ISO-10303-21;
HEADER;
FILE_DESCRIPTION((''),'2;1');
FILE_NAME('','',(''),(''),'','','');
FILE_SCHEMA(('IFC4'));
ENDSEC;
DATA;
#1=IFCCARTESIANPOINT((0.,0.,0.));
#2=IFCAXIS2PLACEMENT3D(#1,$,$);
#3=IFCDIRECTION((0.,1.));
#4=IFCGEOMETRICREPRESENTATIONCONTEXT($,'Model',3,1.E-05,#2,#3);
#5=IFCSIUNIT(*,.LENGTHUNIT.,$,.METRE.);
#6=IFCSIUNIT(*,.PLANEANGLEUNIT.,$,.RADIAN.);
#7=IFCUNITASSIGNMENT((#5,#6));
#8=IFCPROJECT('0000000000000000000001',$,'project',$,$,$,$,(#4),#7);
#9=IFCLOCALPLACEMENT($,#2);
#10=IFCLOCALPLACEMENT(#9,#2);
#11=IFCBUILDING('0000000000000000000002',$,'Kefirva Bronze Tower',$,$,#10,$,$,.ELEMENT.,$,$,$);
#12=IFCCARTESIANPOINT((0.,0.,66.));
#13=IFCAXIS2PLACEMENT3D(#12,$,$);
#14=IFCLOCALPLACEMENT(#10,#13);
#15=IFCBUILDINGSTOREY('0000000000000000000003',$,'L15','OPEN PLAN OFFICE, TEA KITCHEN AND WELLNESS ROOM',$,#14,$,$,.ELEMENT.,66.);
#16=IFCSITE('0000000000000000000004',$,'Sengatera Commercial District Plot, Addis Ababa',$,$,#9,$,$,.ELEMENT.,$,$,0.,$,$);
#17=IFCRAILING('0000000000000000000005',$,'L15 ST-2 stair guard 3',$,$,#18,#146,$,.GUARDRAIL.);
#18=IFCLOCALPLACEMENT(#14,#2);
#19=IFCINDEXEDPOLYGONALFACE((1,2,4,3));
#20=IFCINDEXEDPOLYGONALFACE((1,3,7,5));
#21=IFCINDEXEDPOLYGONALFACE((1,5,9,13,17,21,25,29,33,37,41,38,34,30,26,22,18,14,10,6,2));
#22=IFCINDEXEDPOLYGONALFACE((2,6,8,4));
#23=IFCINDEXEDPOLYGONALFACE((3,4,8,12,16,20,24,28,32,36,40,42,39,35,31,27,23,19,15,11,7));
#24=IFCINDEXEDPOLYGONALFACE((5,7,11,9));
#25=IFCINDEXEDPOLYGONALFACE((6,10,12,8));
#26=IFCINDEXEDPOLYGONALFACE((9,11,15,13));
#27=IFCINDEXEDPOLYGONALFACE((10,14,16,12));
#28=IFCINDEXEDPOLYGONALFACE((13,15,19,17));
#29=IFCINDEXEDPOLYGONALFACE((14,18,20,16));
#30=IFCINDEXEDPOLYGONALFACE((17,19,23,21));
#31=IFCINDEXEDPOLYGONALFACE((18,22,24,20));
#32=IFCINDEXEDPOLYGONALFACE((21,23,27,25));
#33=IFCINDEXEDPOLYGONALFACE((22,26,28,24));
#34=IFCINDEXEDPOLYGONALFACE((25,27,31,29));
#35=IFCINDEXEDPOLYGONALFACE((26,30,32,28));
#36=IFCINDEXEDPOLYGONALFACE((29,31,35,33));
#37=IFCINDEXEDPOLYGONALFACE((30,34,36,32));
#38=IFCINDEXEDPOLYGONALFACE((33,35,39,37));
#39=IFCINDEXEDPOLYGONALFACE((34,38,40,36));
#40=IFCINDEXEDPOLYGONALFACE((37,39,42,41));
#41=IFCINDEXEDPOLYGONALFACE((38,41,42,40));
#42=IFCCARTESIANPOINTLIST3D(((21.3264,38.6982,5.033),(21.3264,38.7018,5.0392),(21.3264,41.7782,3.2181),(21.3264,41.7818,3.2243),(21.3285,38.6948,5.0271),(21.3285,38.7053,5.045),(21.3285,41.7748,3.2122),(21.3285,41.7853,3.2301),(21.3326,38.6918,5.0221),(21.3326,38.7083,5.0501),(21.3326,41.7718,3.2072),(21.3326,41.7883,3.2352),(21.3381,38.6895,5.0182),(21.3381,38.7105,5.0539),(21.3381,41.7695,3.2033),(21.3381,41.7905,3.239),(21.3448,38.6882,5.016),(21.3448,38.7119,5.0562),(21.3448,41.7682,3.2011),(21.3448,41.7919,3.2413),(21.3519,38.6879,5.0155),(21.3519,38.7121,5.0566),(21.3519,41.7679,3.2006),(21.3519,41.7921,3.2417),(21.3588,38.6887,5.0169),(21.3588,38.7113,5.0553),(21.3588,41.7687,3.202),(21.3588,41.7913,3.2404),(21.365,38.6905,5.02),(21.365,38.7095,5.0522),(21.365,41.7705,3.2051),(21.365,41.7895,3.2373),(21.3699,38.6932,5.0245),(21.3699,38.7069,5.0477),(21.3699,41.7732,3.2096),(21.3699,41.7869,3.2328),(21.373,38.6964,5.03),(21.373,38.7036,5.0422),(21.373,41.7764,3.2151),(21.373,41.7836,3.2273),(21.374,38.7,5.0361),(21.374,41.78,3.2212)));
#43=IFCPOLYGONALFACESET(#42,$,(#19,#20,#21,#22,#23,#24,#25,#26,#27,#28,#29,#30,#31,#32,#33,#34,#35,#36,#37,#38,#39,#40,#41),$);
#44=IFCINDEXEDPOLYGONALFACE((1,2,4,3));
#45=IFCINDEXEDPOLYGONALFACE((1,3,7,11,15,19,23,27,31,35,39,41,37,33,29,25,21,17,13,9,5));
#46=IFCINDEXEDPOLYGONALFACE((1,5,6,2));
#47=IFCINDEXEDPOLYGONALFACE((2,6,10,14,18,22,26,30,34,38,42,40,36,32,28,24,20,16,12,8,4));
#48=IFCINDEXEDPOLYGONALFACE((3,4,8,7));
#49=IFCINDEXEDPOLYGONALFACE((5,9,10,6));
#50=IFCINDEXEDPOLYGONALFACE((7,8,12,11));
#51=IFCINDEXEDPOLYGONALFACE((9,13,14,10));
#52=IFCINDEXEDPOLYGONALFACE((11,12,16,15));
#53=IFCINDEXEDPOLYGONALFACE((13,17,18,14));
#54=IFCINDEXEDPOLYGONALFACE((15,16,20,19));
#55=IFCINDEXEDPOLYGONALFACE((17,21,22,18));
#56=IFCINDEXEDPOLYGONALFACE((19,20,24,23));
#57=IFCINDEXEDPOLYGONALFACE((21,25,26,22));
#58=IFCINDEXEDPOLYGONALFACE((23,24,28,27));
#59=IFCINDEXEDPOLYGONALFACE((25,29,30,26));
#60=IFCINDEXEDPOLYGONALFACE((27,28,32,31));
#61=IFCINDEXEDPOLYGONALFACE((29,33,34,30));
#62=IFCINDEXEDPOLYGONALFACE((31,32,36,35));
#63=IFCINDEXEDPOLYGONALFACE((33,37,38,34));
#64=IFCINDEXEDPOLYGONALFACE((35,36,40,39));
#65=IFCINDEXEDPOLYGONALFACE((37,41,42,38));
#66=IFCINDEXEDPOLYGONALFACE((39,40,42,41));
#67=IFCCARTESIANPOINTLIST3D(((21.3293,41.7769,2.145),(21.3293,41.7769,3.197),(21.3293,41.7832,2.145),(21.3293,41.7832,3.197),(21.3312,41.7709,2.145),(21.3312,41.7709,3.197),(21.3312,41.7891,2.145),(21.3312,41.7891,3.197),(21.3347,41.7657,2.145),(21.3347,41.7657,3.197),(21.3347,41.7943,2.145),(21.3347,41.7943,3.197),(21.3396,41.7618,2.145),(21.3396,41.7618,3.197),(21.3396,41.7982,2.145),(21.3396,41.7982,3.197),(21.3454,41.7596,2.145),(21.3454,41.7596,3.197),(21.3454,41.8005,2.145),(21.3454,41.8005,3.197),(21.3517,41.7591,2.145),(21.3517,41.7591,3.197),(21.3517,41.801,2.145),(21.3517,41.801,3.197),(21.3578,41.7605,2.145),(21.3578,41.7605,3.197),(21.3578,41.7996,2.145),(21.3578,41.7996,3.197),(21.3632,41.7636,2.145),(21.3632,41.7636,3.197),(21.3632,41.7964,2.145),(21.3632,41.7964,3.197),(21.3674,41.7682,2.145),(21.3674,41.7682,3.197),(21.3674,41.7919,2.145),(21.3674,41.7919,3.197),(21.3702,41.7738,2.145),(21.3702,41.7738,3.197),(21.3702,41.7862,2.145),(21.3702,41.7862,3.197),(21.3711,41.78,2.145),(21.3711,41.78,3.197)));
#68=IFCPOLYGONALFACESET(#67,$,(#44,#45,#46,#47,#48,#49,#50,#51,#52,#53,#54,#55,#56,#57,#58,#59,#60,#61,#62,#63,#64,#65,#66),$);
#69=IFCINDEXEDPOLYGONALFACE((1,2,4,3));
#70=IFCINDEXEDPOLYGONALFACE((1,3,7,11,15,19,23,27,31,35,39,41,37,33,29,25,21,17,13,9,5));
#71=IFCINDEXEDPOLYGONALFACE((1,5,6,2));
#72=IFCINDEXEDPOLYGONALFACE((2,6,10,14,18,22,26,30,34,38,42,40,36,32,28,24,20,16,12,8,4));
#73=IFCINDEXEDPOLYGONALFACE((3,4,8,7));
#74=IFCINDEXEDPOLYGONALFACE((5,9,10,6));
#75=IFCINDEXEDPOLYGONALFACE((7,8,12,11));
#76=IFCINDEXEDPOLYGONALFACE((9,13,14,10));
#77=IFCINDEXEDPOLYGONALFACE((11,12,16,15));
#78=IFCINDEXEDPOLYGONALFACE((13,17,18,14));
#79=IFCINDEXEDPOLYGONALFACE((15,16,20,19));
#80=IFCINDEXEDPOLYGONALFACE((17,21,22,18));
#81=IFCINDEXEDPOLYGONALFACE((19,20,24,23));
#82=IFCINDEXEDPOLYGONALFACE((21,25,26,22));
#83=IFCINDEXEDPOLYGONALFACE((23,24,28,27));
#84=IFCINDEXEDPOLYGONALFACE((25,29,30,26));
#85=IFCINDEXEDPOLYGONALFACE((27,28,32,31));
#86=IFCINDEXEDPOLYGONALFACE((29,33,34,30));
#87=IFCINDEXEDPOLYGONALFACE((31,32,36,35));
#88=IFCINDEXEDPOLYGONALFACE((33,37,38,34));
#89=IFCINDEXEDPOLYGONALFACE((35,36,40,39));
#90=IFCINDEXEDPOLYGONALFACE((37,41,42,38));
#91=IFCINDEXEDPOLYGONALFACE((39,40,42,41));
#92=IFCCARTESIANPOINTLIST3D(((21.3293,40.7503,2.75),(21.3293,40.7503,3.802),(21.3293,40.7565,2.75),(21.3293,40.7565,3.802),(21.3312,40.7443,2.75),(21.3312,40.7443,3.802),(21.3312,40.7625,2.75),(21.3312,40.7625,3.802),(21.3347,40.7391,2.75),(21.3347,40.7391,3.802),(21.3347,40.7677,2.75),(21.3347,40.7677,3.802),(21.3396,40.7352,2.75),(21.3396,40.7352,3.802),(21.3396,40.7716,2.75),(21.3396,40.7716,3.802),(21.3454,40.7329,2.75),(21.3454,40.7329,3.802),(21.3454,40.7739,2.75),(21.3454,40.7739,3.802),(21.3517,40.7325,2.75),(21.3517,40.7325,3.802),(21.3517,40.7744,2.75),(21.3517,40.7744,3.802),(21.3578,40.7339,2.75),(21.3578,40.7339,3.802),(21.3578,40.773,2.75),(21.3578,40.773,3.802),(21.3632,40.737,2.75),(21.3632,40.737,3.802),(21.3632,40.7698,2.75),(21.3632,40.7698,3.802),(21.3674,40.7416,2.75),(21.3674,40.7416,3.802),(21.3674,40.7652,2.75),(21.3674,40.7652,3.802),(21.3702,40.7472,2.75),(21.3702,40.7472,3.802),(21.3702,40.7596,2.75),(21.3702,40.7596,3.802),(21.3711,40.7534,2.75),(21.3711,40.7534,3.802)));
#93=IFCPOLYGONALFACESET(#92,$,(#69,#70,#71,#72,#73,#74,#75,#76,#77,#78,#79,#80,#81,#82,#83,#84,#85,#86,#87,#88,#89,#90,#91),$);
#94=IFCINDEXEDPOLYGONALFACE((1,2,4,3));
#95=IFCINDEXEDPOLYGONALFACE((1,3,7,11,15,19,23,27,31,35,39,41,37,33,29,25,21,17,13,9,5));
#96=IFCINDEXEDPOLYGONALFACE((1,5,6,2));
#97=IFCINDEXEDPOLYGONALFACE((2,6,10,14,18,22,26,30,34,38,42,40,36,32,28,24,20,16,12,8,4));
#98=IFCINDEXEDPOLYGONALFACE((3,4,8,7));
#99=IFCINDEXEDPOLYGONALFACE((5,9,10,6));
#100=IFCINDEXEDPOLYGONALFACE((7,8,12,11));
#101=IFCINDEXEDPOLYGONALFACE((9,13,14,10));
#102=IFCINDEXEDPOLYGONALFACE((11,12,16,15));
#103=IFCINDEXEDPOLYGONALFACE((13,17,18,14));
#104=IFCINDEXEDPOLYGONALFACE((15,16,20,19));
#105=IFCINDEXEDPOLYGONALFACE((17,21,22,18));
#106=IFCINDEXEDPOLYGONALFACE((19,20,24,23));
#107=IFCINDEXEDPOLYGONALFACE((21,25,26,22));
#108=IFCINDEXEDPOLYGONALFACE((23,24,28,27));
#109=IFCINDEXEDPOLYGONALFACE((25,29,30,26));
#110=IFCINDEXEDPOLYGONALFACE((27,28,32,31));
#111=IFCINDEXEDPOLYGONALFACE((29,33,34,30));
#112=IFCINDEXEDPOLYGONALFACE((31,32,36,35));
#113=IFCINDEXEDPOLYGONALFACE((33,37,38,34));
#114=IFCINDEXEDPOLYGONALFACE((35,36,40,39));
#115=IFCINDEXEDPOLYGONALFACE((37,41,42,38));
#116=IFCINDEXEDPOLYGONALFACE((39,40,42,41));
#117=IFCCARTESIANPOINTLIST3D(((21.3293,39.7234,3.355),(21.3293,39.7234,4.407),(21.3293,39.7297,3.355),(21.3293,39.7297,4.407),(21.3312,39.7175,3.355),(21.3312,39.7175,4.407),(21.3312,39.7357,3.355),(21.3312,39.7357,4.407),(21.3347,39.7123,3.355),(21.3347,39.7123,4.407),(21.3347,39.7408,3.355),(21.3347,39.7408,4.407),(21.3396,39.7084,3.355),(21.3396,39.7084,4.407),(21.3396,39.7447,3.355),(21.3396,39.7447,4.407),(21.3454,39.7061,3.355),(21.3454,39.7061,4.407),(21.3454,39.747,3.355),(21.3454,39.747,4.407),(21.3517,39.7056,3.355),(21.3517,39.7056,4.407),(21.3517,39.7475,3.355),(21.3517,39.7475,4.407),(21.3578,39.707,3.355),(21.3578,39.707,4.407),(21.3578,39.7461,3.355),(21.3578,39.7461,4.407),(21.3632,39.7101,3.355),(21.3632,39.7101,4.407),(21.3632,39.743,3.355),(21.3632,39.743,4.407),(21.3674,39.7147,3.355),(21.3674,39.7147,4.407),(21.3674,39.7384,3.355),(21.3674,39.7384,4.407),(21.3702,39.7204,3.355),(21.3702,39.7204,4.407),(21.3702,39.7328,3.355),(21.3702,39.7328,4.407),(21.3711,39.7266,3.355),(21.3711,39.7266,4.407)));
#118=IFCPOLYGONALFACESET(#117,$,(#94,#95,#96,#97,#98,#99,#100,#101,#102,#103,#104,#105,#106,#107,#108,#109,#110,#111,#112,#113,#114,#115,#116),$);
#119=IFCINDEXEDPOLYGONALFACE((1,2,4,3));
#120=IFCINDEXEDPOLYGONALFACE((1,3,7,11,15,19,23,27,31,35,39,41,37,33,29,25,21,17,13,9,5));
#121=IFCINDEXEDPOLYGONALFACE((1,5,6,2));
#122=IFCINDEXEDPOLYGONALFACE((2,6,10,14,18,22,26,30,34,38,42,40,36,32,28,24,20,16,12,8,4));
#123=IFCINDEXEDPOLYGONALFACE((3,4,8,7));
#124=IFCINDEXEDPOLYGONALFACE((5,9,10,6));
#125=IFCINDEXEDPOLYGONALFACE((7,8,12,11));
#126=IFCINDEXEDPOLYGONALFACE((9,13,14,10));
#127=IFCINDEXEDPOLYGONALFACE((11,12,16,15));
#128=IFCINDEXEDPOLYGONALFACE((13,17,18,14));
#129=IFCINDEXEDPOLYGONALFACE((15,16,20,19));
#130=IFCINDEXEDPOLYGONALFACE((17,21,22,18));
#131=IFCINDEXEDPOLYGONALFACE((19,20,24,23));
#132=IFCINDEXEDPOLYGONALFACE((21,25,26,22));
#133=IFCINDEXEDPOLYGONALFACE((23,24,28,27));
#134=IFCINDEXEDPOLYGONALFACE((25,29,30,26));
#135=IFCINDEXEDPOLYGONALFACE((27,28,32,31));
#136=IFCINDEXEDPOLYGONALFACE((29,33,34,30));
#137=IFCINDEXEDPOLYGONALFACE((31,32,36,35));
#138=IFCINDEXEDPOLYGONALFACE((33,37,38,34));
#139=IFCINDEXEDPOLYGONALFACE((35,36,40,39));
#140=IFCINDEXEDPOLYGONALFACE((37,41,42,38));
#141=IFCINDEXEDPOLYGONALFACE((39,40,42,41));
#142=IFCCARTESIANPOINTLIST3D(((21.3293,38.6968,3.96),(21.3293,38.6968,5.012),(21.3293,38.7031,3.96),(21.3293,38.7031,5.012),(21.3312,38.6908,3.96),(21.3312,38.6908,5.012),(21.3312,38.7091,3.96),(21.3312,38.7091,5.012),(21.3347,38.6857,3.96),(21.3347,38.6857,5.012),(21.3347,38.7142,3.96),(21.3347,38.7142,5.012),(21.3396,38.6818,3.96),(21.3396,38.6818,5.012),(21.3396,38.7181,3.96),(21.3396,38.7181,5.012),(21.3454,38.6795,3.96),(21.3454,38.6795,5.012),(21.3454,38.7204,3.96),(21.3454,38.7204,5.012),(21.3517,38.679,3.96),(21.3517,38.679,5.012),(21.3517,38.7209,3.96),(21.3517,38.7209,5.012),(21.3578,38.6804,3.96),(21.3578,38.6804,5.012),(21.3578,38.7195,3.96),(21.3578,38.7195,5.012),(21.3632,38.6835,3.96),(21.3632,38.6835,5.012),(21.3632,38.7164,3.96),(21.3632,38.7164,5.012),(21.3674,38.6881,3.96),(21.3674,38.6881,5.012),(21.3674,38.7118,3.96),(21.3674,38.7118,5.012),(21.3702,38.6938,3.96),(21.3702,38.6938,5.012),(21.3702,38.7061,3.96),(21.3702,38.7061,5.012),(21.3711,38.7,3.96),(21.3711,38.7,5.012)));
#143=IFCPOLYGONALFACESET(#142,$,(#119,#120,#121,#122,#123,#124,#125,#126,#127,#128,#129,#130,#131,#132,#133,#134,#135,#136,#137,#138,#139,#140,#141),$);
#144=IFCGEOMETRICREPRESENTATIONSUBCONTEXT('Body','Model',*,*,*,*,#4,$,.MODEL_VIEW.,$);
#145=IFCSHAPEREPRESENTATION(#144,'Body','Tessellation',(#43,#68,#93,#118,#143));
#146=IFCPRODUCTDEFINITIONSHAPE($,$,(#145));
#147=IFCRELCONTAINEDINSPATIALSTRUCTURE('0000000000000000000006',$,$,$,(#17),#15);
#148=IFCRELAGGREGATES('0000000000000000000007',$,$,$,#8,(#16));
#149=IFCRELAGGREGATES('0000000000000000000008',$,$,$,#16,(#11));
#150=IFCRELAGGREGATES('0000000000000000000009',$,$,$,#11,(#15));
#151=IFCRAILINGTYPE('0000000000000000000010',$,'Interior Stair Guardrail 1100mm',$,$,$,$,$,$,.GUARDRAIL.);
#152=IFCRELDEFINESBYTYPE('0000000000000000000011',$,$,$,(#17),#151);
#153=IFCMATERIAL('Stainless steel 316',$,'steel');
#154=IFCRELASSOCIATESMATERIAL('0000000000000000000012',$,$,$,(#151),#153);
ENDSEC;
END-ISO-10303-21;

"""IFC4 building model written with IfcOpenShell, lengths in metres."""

from ifc_helpers import new_model, si_unit, direction, frame, origin, origin_2d, place, context, subcontext, project, spatial, circle, extrude, material, type_object, element, save


model = new_model("IFC4")

# Units and contexts
model_context = context("Model", 3, precision=1e-05, world=origin(), true_north=direction((0.0, 1.0)))
body_context = subcontext(model_context, "Body", "Model", "MODEL_VIEW")
ifc_project = project(units=[si_unit("LENGTHUNIT", "METRE"), si_unit("PLANEANGLEUNIT", "RADIAN")], contexts=[model_context])

# Site, building, storey
site_placement = place(None, origin())
site = spatial("IfcSite", under=ifc_project, at=site_placement, Name="Sengatera Commercial District Plot, Addis Ababa", CompositionType="ELEMENT", RefElevation=0.0)
building_placement = place(site_placement, origin())
building = spatial("IfcBuilding", under=site, at=building_placement, Name="Kefirva Bronze Tower", CompositionType="ELEMENT")
storey_placement = place(building_placement, frame((0.0, 0.0, 66.0)))
storey = spatial("IfcBuildingStorey", under=building, at=storey_placement, Name="L15", Description="OPEN PLAN OFFICE, TEA KITCHEN AND WELLNESS ROOM", CompositionType="ELEMENT", Elevation=66.0)

# Railing
ifc_material_1 = material(Name="Stainless steel 316", Category="steel")
railing_type_1 = type_object("IfcRailingType", Name="Interior Stair Guardrail 1100mm", PredefinedType="GUARDRAIL", material=ifc_material_1)
railing_1_placement = place(storey_placement, frame((21.3501, 41.78, 2.145)))
element("IfcRailing", 1, at=railing_1_placement, inside=storey, type_object=railing_type_1, Name="L15 ST-2 stair guard 3", PredefinedType="GUARDRAIL", context=body_context, shape_type="SweptSolid", body=[
    extrude(circle(Radius=0.0239, at=origin_2d()), frame((0.0, 0.0, 1.0762), z_axis=(0.0, -0.861551, 0.507671), x_axis=(1.0, 0.0, 0.0)), (0.0, 0.0, 1.0), 3.575),
    extrude(circle(Radius=0.021, at=origin_2d()), origin(), (0.0, 0.0, 1.0), 1.052),
    extrude(circle(Radius=0.021, at=origin_2d()), frame((0.0, -1.0266, 0.605)), (0.0, 0.0, 1.0), 1.052),
    extrude(circle(Radius=0.021, at=origin_2d()), frame((0.0, -2.0535, 1.21)), (0.0, 0.0, 1.0), 1.052),
    extrude(circle(Radius=0.021, at=origin_2d()), frame((0.0, -3.0801, 1.8149)), (0.0, 0.0, 1.0), 1.052),
])

save(model, "model.ifc")
